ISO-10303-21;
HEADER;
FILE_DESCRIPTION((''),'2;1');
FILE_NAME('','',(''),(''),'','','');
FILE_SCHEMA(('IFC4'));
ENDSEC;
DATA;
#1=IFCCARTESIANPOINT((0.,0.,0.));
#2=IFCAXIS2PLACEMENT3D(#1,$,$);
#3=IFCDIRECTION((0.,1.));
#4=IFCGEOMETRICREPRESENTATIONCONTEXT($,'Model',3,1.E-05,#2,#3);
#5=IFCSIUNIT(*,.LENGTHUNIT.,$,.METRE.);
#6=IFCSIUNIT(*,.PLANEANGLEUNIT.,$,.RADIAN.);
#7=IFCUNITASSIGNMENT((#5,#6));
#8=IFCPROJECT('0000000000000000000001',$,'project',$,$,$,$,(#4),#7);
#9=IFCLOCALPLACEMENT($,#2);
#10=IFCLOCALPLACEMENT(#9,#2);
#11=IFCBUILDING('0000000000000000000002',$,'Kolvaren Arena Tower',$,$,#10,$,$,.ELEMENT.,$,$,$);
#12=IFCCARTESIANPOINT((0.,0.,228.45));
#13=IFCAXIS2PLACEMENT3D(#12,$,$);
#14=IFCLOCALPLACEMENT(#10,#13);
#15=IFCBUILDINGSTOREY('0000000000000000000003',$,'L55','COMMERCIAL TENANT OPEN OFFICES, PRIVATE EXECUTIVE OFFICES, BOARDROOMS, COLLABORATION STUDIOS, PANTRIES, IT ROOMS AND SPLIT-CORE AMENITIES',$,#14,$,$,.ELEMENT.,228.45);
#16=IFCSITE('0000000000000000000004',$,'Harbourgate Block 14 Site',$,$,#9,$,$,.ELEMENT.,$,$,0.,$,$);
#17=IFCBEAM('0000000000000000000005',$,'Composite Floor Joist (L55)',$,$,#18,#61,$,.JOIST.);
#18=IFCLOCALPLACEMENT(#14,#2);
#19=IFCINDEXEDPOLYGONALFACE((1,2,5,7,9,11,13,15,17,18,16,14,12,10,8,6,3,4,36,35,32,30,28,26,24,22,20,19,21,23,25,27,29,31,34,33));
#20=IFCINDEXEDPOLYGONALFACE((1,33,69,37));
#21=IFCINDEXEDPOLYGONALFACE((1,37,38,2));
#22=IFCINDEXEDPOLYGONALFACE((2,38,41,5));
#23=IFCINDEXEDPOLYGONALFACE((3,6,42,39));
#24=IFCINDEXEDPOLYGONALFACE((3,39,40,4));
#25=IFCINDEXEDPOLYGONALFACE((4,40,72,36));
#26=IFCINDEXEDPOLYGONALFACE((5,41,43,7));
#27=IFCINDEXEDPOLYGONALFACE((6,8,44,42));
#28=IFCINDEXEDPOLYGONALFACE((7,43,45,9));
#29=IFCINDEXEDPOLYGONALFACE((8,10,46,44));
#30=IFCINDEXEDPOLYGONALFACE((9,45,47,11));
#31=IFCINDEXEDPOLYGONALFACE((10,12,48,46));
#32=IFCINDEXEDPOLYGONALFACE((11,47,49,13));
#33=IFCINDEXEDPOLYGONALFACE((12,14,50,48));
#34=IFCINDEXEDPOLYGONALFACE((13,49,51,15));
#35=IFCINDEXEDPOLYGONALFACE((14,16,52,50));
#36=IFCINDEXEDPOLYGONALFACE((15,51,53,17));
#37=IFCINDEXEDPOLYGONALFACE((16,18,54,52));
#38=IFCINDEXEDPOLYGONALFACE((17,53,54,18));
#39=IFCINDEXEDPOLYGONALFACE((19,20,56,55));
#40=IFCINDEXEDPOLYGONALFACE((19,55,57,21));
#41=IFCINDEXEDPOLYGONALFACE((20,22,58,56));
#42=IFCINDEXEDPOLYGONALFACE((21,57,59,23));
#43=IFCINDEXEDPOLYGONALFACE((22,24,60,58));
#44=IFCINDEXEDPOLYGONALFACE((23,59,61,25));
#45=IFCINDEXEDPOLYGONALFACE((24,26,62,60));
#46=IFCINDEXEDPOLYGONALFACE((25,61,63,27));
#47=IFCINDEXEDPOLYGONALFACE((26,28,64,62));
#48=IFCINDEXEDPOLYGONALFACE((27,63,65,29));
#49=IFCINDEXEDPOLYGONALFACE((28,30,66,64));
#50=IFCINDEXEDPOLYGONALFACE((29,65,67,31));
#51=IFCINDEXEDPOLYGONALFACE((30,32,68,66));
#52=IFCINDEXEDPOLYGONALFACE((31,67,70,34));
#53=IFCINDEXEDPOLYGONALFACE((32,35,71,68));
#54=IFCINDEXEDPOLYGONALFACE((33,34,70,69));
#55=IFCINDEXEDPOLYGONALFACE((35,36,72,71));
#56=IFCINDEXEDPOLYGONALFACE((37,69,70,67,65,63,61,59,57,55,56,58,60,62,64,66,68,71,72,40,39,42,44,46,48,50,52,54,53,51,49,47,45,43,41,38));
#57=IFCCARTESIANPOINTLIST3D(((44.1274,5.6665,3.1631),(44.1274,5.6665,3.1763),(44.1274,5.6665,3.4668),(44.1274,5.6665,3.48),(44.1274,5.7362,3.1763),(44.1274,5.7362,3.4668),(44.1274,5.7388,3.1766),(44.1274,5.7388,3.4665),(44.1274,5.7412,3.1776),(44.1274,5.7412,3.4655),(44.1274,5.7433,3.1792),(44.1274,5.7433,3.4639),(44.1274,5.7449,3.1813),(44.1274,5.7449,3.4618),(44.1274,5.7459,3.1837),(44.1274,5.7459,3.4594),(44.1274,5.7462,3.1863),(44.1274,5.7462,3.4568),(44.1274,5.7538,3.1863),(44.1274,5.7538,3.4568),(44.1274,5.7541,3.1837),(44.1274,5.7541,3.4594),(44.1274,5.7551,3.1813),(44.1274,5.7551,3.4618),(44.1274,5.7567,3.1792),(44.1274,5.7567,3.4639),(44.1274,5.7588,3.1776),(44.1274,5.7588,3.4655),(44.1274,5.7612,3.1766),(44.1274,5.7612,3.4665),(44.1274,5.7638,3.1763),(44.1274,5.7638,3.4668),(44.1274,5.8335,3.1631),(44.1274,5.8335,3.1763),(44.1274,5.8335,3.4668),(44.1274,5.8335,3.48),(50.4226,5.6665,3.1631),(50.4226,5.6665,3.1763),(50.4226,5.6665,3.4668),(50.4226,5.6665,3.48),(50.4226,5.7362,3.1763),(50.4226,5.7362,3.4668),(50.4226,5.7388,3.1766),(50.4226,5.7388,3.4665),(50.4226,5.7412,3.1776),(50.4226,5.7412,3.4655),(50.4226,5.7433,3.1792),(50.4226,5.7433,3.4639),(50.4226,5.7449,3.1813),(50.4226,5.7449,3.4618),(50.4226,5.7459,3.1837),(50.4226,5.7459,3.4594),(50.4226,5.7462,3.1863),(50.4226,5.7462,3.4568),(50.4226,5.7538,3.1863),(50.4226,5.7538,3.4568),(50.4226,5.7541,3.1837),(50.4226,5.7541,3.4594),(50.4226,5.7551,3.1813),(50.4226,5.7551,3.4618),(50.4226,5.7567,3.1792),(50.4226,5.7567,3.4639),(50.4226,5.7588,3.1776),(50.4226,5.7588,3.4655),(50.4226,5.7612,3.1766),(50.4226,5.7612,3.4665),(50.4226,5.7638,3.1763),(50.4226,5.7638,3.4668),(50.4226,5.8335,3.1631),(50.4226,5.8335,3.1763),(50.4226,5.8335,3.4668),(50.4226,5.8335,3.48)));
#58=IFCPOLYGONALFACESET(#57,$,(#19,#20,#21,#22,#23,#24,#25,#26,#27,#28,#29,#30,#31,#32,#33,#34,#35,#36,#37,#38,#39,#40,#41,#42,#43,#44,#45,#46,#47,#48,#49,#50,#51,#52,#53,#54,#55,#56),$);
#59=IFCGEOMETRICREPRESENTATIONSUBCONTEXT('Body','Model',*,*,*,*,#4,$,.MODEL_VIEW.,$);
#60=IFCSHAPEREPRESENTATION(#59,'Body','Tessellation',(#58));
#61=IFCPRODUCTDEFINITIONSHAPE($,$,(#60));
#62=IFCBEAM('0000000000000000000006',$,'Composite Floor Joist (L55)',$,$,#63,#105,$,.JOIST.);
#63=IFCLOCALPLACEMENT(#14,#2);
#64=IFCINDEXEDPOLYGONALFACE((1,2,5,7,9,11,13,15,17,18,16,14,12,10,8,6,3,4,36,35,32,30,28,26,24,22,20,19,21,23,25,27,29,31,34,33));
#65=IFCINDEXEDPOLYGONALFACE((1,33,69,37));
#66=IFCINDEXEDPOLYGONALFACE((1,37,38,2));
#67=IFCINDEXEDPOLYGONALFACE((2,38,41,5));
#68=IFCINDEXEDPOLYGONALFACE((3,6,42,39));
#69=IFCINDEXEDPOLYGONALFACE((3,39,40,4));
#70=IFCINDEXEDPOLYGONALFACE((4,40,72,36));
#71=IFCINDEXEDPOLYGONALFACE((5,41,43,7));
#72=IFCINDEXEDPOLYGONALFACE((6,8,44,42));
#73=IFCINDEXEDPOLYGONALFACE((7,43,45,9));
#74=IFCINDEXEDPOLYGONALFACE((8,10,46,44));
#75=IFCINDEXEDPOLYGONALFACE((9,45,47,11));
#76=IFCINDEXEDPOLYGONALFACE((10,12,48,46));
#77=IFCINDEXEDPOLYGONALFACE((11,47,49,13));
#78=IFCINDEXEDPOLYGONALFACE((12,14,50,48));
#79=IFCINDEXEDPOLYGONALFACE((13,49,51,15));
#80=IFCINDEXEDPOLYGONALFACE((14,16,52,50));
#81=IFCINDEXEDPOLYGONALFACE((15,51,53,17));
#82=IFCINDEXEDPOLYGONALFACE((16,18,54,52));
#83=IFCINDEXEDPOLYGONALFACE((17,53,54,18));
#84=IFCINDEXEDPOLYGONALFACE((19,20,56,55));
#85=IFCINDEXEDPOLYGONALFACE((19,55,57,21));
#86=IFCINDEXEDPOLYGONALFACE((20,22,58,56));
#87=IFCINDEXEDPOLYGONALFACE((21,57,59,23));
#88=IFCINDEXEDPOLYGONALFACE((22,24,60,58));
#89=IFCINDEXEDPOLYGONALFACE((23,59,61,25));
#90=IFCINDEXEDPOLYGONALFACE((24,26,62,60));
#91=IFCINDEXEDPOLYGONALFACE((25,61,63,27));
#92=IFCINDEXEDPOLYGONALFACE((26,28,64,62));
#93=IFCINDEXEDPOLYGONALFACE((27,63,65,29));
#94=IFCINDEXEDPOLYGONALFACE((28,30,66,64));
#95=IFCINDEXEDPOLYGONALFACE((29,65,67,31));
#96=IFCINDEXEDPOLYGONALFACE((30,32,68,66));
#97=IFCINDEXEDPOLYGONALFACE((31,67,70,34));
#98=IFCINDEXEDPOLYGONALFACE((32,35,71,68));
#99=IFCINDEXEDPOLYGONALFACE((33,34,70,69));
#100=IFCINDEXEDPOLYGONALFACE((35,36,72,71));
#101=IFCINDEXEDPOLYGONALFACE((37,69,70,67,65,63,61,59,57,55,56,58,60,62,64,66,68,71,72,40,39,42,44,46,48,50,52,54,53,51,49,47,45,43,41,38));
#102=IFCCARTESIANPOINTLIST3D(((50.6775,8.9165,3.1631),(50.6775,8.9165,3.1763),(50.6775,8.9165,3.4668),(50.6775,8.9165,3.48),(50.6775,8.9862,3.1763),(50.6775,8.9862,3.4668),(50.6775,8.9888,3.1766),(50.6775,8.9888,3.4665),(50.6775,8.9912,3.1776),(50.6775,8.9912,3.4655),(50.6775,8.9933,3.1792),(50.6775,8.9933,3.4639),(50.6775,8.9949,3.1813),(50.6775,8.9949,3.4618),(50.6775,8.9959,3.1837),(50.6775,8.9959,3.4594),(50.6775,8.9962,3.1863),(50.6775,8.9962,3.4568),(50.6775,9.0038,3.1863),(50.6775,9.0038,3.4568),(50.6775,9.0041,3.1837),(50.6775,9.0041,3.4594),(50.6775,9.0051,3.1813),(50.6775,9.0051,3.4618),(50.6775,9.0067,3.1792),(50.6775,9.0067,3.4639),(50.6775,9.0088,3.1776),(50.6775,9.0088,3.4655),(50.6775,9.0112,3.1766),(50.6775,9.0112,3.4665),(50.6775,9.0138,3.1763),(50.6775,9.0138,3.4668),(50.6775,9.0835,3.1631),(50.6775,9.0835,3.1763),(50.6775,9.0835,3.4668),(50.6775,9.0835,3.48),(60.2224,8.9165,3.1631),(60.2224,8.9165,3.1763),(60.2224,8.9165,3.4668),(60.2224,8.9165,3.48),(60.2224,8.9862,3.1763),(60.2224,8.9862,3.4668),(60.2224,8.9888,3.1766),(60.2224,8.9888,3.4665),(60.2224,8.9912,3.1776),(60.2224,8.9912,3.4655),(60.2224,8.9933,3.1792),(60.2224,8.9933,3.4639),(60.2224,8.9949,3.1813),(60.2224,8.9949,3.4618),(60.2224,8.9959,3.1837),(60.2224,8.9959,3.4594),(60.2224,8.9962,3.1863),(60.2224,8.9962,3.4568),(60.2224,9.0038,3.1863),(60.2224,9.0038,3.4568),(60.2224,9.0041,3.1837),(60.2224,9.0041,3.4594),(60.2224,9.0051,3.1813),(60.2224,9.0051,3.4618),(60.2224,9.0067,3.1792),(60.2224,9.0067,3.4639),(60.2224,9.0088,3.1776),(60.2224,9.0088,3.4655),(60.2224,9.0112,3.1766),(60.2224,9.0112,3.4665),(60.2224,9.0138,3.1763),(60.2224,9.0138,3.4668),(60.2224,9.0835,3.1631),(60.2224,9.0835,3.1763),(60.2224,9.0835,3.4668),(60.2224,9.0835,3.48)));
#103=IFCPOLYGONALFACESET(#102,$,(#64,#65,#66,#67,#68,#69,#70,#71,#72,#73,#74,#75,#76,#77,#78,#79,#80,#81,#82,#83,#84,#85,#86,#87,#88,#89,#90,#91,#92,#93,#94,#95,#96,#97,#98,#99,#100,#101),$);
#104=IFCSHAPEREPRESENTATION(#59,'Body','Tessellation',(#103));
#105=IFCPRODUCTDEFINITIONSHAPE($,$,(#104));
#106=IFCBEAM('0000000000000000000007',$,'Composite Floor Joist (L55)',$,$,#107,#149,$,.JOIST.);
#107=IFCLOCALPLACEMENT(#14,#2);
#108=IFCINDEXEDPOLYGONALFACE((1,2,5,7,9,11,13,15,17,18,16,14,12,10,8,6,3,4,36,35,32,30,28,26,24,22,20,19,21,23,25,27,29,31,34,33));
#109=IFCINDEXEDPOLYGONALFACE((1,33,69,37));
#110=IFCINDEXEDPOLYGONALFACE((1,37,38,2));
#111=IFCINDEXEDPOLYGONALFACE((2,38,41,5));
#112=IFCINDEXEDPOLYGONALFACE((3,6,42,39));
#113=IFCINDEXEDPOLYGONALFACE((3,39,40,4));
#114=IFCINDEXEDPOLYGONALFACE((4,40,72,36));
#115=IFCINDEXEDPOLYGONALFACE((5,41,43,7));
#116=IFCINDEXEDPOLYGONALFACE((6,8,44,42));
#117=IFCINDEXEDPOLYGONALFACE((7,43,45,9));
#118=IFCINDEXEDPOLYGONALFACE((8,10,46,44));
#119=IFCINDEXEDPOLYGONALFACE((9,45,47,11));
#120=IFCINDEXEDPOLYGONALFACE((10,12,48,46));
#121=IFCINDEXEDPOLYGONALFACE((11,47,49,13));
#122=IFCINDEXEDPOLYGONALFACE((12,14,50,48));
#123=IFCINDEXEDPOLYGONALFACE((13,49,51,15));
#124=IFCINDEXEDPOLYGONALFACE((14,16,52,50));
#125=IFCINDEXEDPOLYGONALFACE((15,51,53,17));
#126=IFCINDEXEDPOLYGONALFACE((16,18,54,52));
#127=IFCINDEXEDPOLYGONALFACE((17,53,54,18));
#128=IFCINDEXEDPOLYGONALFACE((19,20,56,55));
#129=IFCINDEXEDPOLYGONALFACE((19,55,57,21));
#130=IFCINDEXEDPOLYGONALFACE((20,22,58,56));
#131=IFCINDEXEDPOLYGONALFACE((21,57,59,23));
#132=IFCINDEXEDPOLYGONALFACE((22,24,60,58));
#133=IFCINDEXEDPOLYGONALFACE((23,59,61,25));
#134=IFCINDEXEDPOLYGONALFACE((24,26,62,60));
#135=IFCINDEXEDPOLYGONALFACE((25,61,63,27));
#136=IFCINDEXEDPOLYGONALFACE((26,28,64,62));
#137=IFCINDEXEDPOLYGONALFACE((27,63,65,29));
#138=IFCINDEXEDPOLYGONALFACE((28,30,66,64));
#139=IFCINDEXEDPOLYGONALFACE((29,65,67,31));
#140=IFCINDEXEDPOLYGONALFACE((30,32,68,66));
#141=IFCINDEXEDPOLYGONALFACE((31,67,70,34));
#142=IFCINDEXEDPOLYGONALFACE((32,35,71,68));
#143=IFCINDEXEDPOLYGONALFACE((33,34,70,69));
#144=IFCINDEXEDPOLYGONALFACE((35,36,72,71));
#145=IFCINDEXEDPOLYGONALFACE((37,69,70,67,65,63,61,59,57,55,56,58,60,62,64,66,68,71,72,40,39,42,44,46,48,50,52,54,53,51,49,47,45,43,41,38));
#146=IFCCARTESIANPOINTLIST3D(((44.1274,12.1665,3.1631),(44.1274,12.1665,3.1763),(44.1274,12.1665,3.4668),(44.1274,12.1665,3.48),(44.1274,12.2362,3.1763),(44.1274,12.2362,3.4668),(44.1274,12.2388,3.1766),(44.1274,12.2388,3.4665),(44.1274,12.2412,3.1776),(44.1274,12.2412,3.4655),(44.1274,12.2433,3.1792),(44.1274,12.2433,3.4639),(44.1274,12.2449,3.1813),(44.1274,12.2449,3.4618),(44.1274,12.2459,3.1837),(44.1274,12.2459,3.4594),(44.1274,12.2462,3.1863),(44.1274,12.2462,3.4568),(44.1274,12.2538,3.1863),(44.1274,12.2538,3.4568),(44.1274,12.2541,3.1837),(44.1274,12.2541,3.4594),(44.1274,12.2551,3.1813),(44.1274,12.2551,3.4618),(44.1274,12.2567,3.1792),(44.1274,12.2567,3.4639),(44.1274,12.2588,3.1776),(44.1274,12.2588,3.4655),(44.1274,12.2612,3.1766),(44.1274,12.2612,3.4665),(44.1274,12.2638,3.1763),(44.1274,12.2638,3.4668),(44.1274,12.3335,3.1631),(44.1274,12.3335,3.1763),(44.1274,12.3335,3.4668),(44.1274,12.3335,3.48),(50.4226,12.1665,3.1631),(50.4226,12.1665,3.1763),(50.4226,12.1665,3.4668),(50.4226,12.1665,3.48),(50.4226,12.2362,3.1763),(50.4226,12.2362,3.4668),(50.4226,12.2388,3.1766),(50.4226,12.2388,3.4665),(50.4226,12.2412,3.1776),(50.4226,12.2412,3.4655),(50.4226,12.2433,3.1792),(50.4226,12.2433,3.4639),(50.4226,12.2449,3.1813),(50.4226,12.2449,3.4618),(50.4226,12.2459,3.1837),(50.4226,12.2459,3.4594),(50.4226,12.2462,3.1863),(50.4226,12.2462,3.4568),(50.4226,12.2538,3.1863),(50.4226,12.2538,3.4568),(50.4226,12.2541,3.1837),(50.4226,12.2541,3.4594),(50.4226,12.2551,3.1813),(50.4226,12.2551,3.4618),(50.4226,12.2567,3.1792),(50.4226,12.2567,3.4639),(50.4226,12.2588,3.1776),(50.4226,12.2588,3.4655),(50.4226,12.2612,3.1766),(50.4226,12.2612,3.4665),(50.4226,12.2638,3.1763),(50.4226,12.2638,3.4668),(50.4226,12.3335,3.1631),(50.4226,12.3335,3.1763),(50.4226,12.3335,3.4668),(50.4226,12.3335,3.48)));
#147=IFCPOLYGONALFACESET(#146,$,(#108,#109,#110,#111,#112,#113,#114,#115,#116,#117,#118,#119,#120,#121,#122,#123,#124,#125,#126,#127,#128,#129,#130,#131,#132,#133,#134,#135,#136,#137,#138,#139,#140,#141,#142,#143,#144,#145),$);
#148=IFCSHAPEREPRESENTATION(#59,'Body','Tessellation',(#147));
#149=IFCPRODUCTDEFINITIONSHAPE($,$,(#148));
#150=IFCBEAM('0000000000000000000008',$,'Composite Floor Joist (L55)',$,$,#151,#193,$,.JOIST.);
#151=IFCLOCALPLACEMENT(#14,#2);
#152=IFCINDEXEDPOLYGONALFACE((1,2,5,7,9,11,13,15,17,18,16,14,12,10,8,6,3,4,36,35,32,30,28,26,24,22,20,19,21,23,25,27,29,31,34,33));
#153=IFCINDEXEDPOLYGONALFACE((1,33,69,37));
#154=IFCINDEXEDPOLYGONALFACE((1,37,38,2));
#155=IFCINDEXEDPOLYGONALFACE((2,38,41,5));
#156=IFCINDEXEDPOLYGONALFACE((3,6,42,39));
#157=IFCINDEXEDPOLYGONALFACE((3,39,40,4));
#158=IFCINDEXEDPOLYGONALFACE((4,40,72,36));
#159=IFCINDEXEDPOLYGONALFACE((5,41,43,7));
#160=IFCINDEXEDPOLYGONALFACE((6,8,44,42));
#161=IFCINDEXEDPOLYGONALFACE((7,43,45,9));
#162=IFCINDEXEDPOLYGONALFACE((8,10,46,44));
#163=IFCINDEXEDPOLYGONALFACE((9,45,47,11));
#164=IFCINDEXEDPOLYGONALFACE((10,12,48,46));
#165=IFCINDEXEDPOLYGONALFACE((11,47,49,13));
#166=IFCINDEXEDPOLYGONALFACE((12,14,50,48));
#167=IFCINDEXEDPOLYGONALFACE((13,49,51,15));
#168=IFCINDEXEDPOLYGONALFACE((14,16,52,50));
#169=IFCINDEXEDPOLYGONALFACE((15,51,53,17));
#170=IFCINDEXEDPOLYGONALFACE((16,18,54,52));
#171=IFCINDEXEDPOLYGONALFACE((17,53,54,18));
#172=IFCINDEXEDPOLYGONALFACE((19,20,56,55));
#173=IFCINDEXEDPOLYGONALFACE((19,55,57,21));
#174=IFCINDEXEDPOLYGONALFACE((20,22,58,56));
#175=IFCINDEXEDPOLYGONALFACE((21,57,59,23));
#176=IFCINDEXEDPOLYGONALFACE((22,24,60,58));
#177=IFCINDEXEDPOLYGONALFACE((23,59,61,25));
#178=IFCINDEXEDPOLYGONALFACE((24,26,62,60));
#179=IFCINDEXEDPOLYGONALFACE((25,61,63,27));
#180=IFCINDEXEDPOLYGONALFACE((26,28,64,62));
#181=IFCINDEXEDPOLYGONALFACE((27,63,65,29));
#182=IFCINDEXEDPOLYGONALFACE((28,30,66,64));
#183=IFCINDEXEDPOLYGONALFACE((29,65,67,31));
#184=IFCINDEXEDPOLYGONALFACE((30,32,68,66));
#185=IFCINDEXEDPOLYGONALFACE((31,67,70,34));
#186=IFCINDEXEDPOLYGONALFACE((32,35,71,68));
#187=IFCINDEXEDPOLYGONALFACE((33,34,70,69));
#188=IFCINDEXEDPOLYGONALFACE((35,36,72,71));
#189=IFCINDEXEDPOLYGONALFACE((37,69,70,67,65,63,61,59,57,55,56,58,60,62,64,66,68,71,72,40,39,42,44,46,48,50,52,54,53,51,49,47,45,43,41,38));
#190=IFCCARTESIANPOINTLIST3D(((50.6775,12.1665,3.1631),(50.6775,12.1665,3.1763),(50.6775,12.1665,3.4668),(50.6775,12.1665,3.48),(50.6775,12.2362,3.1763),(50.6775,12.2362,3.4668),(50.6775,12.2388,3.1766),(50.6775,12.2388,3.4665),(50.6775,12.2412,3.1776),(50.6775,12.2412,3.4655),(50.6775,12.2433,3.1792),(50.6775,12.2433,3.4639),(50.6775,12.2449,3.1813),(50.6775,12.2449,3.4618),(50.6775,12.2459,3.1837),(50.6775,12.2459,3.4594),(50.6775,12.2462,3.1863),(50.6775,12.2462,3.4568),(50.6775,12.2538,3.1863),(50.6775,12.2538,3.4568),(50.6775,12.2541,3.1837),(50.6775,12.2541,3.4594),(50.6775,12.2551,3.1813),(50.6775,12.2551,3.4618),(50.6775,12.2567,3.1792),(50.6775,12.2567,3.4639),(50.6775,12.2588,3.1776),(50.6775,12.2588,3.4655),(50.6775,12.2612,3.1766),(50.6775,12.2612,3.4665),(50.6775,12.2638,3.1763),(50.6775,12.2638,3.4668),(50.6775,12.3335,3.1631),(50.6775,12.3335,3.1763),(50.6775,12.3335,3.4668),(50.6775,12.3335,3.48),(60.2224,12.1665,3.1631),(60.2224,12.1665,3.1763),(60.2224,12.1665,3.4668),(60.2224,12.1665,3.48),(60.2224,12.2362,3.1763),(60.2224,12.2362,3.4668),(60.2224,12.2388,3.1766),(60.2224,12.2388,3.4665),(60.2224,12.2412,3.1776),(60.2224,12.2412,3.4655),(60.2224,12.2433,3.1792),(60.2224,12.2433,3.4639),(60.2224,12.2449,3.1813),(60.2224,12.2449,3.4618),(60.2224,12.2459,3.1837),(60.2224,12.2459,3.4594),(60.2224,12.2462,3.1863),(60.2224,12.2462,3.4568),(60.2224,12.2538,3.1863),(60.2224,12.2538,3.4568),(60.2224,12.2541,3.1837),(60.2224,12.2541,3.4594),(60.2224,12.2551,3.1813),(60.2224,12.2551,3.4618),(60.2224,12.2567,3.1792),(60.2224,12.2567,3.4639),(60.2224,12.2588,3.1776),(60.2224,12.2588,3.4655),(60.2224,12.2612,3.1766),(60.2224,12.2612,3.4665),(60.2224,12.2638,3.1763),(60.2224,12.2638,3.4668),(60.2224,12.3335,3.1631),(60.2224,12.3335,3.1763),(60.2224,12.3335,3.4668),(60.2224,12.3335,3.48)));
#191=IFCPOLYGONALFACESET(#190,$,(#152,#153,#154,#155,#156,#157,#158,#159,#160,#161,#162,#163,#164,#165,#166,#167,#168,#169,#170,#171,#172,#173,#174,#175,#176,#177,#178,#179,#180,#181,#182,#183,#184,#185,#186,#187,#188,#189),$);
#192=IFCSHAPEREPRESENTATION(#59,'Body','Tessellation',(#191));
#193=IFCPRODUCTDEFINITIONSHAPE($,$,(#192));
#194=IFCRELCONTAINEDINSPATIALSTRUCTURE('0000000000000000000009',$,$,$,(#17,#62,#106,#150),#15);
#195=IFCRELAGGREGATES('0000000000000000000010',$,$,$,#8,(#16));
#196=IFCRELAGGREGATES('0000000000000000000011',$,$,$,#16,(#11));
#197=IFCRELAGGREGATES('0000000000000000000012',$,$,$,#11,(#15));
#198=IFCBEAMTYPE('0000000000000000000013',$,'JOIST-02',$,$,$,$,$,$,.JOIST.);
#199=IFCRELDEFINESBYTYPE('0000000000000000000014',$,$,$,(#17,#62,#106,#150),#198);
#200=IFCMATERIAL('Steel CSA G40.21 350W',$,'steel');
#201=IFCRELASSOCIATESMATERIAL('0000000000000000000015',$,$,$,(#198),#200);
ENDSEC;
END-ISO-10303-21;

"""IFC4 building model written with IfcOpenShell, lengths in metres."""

from ifc_helpers import new_model, si_unit, direction, frame, origin, origin_2d, place, context, subcontext, project, spatial, i_section, extrude, material, material_profile, profile_set, type_object, element, save


model = new_model("IFC4")

# Units and contexts
model_context = context("Model", 3, precision=1e-05, world=origin(), true_north=direction((0.0, 1.0)))
body_context = subcontext(model_context, "Body", "Model", "MODEL_VIEW")
ifc_project = project(units=[si_unit("LENGTHUNIT", "METRE"), si_unit("PLANEANGLEUNIT", "RADIAN")], contexts=[model_context])

# Site, building, storey
site_placement = place(None, origin())
site = spatial("IfcSite", under=ifc_project, at=site_placement, Name="Harbourgate Block 14 Site", CompositionType="ELEMENT", RefElevation=0.0)
building_placement = place(site_placement, origin())
building = spatial("IfcBuilding", under=site, at=building_placement, Name="Kolvaren Arena Tower", CompositionType="ELEMENT")
storey_placement = place(building_placement, frame((0.0, 0.0, 228.45)))
storey = spatial("IfcBuildingStorey", under=building, at=storey_placement, Name="L55", Description="COMMERCIAL TENANT OPEN OFFICES, PRIVATE EXECUTIVE OFFICES, BOARDROOMS, COLLABORATION STUDIOS, PANTRIES, IT ROOMS AND SPLIT-CORE AMENITIES", CompositionType="ELEMENT", Elevation=228.45)

# Beams
ifc_material_1 = material(Name="Steel CSA G40.21 350W", Category="steel")
ifc_material_profile_1 = material_profile(ifc_material_1, i_section(OverallWidth=0.167, OverallDepth=0.3169, WebThickness=0.0076, FlangeThickness=0.0132, FilletRadius=0.01, at=origin_2d()), Name="W310x52")
ifc_profile_set_1 = profile_set([ifc_material_profile_1], Name="Steel CSA G40.21 350W")
beam_type_1 = type_object("IfcBeamType", Name="JOIST-02", PredefinedType="JOIST", material=ifc_profile_set_1)
for number, where, z_axis, x_axis, name in (
    (1, (44.1274, 5.75, 3.3215), (1.0, 0.0, 0.0), (0.0, 1.0, 0.0), "Composite Floor Joist (L55)"),
):
    element("IfcBeam", number, at=place(storey_placement, frame(where, z_axis=z_axis, x_axis=x_axis)), inside=storey, type_object=beam_type_1, Name=name, PredefinedType="JOIST", context=body_context, shape_type="SweptSolid", body=[
        extrude(i_section(OverallWidth=0.167, OverallDepth=0.3169, WebThickness=0.0076, FlangeThickness=0.0132, FilletRadius=0.01, at=origin_2d()), origin(), (0.0, 0.0, 1.0), 6.2952),
    ])
beam_1_placement = place(storey_placement, frame((50.6775, 9.0, 3.3215), z_axis=(1.0, 0.0, 0.0), x_axis=(0.0, 1.0, 0.0)))
element("IfcBeam", 2, at=beam_1_placement, inside=storey, type_object=beam_type_1, Name="Composite Floor Joist (L55)", PredefinedType="JOIST", context=body_context, shape_type="SweptSolid", body=[
    extrude(i_section(OverallWidth=0.167, OverallDepth=0.3169, WebThickness=0.0076, FlangeThickness=0.0132, FilletRadius=0.01, at=origin_2d()), origin(), (0.0, 0.0, 1.0), 9.5449),
])
beam_2_placement = place(storey_placement, frame((44.1274, 12.25, 3.3215), z_axis=(1.0, 0.0, 0.0), x_axis=(0.0, 1.0, 0.0)))
element("IfcBeam", 3, at=beam_2_placement, inside=storey, type_object=beam_type_1, Name="Composite Floor Joist (L55)", PredefinedType="JOIST", context=body_context, shape_type="SweptSolid", body=[
    extrude(i_section(OverallWidth=0.167, OverallDepth=0.3169, WebThickness=0.0076, FlangeThickness=0.0132, FilletRadius=0.01, at=origin_2d()), origin(), (0.0, 0.0, 1.0), 6.2952),
])
beam_3_placement = place(storey_placement, frame((50.6775, 12.25, 3.3215), z_axis=(1.0, 0.0, 0.0), x_axis=(0.0, 1.0, 0.0)))
element("IfcBeam", 4, at=beam_3_placement, inside=storey, type_object=beam_type_1, Name="Composite Floor Joist (L55)", PredefinedType="JOIST", context=body_context, shape_type="SweptSolid", body=[
    extrude(i_section(OverallWidth=0.167, OverallDepth=0.3169, WebThickness=0.0076, FlangeThickness=0.0132, FilletRadius=0.01, at=origin_2d()), origin(), (0.0, 0.0, 1.0), 9.5449),
])

save(model, "model.ifc")
